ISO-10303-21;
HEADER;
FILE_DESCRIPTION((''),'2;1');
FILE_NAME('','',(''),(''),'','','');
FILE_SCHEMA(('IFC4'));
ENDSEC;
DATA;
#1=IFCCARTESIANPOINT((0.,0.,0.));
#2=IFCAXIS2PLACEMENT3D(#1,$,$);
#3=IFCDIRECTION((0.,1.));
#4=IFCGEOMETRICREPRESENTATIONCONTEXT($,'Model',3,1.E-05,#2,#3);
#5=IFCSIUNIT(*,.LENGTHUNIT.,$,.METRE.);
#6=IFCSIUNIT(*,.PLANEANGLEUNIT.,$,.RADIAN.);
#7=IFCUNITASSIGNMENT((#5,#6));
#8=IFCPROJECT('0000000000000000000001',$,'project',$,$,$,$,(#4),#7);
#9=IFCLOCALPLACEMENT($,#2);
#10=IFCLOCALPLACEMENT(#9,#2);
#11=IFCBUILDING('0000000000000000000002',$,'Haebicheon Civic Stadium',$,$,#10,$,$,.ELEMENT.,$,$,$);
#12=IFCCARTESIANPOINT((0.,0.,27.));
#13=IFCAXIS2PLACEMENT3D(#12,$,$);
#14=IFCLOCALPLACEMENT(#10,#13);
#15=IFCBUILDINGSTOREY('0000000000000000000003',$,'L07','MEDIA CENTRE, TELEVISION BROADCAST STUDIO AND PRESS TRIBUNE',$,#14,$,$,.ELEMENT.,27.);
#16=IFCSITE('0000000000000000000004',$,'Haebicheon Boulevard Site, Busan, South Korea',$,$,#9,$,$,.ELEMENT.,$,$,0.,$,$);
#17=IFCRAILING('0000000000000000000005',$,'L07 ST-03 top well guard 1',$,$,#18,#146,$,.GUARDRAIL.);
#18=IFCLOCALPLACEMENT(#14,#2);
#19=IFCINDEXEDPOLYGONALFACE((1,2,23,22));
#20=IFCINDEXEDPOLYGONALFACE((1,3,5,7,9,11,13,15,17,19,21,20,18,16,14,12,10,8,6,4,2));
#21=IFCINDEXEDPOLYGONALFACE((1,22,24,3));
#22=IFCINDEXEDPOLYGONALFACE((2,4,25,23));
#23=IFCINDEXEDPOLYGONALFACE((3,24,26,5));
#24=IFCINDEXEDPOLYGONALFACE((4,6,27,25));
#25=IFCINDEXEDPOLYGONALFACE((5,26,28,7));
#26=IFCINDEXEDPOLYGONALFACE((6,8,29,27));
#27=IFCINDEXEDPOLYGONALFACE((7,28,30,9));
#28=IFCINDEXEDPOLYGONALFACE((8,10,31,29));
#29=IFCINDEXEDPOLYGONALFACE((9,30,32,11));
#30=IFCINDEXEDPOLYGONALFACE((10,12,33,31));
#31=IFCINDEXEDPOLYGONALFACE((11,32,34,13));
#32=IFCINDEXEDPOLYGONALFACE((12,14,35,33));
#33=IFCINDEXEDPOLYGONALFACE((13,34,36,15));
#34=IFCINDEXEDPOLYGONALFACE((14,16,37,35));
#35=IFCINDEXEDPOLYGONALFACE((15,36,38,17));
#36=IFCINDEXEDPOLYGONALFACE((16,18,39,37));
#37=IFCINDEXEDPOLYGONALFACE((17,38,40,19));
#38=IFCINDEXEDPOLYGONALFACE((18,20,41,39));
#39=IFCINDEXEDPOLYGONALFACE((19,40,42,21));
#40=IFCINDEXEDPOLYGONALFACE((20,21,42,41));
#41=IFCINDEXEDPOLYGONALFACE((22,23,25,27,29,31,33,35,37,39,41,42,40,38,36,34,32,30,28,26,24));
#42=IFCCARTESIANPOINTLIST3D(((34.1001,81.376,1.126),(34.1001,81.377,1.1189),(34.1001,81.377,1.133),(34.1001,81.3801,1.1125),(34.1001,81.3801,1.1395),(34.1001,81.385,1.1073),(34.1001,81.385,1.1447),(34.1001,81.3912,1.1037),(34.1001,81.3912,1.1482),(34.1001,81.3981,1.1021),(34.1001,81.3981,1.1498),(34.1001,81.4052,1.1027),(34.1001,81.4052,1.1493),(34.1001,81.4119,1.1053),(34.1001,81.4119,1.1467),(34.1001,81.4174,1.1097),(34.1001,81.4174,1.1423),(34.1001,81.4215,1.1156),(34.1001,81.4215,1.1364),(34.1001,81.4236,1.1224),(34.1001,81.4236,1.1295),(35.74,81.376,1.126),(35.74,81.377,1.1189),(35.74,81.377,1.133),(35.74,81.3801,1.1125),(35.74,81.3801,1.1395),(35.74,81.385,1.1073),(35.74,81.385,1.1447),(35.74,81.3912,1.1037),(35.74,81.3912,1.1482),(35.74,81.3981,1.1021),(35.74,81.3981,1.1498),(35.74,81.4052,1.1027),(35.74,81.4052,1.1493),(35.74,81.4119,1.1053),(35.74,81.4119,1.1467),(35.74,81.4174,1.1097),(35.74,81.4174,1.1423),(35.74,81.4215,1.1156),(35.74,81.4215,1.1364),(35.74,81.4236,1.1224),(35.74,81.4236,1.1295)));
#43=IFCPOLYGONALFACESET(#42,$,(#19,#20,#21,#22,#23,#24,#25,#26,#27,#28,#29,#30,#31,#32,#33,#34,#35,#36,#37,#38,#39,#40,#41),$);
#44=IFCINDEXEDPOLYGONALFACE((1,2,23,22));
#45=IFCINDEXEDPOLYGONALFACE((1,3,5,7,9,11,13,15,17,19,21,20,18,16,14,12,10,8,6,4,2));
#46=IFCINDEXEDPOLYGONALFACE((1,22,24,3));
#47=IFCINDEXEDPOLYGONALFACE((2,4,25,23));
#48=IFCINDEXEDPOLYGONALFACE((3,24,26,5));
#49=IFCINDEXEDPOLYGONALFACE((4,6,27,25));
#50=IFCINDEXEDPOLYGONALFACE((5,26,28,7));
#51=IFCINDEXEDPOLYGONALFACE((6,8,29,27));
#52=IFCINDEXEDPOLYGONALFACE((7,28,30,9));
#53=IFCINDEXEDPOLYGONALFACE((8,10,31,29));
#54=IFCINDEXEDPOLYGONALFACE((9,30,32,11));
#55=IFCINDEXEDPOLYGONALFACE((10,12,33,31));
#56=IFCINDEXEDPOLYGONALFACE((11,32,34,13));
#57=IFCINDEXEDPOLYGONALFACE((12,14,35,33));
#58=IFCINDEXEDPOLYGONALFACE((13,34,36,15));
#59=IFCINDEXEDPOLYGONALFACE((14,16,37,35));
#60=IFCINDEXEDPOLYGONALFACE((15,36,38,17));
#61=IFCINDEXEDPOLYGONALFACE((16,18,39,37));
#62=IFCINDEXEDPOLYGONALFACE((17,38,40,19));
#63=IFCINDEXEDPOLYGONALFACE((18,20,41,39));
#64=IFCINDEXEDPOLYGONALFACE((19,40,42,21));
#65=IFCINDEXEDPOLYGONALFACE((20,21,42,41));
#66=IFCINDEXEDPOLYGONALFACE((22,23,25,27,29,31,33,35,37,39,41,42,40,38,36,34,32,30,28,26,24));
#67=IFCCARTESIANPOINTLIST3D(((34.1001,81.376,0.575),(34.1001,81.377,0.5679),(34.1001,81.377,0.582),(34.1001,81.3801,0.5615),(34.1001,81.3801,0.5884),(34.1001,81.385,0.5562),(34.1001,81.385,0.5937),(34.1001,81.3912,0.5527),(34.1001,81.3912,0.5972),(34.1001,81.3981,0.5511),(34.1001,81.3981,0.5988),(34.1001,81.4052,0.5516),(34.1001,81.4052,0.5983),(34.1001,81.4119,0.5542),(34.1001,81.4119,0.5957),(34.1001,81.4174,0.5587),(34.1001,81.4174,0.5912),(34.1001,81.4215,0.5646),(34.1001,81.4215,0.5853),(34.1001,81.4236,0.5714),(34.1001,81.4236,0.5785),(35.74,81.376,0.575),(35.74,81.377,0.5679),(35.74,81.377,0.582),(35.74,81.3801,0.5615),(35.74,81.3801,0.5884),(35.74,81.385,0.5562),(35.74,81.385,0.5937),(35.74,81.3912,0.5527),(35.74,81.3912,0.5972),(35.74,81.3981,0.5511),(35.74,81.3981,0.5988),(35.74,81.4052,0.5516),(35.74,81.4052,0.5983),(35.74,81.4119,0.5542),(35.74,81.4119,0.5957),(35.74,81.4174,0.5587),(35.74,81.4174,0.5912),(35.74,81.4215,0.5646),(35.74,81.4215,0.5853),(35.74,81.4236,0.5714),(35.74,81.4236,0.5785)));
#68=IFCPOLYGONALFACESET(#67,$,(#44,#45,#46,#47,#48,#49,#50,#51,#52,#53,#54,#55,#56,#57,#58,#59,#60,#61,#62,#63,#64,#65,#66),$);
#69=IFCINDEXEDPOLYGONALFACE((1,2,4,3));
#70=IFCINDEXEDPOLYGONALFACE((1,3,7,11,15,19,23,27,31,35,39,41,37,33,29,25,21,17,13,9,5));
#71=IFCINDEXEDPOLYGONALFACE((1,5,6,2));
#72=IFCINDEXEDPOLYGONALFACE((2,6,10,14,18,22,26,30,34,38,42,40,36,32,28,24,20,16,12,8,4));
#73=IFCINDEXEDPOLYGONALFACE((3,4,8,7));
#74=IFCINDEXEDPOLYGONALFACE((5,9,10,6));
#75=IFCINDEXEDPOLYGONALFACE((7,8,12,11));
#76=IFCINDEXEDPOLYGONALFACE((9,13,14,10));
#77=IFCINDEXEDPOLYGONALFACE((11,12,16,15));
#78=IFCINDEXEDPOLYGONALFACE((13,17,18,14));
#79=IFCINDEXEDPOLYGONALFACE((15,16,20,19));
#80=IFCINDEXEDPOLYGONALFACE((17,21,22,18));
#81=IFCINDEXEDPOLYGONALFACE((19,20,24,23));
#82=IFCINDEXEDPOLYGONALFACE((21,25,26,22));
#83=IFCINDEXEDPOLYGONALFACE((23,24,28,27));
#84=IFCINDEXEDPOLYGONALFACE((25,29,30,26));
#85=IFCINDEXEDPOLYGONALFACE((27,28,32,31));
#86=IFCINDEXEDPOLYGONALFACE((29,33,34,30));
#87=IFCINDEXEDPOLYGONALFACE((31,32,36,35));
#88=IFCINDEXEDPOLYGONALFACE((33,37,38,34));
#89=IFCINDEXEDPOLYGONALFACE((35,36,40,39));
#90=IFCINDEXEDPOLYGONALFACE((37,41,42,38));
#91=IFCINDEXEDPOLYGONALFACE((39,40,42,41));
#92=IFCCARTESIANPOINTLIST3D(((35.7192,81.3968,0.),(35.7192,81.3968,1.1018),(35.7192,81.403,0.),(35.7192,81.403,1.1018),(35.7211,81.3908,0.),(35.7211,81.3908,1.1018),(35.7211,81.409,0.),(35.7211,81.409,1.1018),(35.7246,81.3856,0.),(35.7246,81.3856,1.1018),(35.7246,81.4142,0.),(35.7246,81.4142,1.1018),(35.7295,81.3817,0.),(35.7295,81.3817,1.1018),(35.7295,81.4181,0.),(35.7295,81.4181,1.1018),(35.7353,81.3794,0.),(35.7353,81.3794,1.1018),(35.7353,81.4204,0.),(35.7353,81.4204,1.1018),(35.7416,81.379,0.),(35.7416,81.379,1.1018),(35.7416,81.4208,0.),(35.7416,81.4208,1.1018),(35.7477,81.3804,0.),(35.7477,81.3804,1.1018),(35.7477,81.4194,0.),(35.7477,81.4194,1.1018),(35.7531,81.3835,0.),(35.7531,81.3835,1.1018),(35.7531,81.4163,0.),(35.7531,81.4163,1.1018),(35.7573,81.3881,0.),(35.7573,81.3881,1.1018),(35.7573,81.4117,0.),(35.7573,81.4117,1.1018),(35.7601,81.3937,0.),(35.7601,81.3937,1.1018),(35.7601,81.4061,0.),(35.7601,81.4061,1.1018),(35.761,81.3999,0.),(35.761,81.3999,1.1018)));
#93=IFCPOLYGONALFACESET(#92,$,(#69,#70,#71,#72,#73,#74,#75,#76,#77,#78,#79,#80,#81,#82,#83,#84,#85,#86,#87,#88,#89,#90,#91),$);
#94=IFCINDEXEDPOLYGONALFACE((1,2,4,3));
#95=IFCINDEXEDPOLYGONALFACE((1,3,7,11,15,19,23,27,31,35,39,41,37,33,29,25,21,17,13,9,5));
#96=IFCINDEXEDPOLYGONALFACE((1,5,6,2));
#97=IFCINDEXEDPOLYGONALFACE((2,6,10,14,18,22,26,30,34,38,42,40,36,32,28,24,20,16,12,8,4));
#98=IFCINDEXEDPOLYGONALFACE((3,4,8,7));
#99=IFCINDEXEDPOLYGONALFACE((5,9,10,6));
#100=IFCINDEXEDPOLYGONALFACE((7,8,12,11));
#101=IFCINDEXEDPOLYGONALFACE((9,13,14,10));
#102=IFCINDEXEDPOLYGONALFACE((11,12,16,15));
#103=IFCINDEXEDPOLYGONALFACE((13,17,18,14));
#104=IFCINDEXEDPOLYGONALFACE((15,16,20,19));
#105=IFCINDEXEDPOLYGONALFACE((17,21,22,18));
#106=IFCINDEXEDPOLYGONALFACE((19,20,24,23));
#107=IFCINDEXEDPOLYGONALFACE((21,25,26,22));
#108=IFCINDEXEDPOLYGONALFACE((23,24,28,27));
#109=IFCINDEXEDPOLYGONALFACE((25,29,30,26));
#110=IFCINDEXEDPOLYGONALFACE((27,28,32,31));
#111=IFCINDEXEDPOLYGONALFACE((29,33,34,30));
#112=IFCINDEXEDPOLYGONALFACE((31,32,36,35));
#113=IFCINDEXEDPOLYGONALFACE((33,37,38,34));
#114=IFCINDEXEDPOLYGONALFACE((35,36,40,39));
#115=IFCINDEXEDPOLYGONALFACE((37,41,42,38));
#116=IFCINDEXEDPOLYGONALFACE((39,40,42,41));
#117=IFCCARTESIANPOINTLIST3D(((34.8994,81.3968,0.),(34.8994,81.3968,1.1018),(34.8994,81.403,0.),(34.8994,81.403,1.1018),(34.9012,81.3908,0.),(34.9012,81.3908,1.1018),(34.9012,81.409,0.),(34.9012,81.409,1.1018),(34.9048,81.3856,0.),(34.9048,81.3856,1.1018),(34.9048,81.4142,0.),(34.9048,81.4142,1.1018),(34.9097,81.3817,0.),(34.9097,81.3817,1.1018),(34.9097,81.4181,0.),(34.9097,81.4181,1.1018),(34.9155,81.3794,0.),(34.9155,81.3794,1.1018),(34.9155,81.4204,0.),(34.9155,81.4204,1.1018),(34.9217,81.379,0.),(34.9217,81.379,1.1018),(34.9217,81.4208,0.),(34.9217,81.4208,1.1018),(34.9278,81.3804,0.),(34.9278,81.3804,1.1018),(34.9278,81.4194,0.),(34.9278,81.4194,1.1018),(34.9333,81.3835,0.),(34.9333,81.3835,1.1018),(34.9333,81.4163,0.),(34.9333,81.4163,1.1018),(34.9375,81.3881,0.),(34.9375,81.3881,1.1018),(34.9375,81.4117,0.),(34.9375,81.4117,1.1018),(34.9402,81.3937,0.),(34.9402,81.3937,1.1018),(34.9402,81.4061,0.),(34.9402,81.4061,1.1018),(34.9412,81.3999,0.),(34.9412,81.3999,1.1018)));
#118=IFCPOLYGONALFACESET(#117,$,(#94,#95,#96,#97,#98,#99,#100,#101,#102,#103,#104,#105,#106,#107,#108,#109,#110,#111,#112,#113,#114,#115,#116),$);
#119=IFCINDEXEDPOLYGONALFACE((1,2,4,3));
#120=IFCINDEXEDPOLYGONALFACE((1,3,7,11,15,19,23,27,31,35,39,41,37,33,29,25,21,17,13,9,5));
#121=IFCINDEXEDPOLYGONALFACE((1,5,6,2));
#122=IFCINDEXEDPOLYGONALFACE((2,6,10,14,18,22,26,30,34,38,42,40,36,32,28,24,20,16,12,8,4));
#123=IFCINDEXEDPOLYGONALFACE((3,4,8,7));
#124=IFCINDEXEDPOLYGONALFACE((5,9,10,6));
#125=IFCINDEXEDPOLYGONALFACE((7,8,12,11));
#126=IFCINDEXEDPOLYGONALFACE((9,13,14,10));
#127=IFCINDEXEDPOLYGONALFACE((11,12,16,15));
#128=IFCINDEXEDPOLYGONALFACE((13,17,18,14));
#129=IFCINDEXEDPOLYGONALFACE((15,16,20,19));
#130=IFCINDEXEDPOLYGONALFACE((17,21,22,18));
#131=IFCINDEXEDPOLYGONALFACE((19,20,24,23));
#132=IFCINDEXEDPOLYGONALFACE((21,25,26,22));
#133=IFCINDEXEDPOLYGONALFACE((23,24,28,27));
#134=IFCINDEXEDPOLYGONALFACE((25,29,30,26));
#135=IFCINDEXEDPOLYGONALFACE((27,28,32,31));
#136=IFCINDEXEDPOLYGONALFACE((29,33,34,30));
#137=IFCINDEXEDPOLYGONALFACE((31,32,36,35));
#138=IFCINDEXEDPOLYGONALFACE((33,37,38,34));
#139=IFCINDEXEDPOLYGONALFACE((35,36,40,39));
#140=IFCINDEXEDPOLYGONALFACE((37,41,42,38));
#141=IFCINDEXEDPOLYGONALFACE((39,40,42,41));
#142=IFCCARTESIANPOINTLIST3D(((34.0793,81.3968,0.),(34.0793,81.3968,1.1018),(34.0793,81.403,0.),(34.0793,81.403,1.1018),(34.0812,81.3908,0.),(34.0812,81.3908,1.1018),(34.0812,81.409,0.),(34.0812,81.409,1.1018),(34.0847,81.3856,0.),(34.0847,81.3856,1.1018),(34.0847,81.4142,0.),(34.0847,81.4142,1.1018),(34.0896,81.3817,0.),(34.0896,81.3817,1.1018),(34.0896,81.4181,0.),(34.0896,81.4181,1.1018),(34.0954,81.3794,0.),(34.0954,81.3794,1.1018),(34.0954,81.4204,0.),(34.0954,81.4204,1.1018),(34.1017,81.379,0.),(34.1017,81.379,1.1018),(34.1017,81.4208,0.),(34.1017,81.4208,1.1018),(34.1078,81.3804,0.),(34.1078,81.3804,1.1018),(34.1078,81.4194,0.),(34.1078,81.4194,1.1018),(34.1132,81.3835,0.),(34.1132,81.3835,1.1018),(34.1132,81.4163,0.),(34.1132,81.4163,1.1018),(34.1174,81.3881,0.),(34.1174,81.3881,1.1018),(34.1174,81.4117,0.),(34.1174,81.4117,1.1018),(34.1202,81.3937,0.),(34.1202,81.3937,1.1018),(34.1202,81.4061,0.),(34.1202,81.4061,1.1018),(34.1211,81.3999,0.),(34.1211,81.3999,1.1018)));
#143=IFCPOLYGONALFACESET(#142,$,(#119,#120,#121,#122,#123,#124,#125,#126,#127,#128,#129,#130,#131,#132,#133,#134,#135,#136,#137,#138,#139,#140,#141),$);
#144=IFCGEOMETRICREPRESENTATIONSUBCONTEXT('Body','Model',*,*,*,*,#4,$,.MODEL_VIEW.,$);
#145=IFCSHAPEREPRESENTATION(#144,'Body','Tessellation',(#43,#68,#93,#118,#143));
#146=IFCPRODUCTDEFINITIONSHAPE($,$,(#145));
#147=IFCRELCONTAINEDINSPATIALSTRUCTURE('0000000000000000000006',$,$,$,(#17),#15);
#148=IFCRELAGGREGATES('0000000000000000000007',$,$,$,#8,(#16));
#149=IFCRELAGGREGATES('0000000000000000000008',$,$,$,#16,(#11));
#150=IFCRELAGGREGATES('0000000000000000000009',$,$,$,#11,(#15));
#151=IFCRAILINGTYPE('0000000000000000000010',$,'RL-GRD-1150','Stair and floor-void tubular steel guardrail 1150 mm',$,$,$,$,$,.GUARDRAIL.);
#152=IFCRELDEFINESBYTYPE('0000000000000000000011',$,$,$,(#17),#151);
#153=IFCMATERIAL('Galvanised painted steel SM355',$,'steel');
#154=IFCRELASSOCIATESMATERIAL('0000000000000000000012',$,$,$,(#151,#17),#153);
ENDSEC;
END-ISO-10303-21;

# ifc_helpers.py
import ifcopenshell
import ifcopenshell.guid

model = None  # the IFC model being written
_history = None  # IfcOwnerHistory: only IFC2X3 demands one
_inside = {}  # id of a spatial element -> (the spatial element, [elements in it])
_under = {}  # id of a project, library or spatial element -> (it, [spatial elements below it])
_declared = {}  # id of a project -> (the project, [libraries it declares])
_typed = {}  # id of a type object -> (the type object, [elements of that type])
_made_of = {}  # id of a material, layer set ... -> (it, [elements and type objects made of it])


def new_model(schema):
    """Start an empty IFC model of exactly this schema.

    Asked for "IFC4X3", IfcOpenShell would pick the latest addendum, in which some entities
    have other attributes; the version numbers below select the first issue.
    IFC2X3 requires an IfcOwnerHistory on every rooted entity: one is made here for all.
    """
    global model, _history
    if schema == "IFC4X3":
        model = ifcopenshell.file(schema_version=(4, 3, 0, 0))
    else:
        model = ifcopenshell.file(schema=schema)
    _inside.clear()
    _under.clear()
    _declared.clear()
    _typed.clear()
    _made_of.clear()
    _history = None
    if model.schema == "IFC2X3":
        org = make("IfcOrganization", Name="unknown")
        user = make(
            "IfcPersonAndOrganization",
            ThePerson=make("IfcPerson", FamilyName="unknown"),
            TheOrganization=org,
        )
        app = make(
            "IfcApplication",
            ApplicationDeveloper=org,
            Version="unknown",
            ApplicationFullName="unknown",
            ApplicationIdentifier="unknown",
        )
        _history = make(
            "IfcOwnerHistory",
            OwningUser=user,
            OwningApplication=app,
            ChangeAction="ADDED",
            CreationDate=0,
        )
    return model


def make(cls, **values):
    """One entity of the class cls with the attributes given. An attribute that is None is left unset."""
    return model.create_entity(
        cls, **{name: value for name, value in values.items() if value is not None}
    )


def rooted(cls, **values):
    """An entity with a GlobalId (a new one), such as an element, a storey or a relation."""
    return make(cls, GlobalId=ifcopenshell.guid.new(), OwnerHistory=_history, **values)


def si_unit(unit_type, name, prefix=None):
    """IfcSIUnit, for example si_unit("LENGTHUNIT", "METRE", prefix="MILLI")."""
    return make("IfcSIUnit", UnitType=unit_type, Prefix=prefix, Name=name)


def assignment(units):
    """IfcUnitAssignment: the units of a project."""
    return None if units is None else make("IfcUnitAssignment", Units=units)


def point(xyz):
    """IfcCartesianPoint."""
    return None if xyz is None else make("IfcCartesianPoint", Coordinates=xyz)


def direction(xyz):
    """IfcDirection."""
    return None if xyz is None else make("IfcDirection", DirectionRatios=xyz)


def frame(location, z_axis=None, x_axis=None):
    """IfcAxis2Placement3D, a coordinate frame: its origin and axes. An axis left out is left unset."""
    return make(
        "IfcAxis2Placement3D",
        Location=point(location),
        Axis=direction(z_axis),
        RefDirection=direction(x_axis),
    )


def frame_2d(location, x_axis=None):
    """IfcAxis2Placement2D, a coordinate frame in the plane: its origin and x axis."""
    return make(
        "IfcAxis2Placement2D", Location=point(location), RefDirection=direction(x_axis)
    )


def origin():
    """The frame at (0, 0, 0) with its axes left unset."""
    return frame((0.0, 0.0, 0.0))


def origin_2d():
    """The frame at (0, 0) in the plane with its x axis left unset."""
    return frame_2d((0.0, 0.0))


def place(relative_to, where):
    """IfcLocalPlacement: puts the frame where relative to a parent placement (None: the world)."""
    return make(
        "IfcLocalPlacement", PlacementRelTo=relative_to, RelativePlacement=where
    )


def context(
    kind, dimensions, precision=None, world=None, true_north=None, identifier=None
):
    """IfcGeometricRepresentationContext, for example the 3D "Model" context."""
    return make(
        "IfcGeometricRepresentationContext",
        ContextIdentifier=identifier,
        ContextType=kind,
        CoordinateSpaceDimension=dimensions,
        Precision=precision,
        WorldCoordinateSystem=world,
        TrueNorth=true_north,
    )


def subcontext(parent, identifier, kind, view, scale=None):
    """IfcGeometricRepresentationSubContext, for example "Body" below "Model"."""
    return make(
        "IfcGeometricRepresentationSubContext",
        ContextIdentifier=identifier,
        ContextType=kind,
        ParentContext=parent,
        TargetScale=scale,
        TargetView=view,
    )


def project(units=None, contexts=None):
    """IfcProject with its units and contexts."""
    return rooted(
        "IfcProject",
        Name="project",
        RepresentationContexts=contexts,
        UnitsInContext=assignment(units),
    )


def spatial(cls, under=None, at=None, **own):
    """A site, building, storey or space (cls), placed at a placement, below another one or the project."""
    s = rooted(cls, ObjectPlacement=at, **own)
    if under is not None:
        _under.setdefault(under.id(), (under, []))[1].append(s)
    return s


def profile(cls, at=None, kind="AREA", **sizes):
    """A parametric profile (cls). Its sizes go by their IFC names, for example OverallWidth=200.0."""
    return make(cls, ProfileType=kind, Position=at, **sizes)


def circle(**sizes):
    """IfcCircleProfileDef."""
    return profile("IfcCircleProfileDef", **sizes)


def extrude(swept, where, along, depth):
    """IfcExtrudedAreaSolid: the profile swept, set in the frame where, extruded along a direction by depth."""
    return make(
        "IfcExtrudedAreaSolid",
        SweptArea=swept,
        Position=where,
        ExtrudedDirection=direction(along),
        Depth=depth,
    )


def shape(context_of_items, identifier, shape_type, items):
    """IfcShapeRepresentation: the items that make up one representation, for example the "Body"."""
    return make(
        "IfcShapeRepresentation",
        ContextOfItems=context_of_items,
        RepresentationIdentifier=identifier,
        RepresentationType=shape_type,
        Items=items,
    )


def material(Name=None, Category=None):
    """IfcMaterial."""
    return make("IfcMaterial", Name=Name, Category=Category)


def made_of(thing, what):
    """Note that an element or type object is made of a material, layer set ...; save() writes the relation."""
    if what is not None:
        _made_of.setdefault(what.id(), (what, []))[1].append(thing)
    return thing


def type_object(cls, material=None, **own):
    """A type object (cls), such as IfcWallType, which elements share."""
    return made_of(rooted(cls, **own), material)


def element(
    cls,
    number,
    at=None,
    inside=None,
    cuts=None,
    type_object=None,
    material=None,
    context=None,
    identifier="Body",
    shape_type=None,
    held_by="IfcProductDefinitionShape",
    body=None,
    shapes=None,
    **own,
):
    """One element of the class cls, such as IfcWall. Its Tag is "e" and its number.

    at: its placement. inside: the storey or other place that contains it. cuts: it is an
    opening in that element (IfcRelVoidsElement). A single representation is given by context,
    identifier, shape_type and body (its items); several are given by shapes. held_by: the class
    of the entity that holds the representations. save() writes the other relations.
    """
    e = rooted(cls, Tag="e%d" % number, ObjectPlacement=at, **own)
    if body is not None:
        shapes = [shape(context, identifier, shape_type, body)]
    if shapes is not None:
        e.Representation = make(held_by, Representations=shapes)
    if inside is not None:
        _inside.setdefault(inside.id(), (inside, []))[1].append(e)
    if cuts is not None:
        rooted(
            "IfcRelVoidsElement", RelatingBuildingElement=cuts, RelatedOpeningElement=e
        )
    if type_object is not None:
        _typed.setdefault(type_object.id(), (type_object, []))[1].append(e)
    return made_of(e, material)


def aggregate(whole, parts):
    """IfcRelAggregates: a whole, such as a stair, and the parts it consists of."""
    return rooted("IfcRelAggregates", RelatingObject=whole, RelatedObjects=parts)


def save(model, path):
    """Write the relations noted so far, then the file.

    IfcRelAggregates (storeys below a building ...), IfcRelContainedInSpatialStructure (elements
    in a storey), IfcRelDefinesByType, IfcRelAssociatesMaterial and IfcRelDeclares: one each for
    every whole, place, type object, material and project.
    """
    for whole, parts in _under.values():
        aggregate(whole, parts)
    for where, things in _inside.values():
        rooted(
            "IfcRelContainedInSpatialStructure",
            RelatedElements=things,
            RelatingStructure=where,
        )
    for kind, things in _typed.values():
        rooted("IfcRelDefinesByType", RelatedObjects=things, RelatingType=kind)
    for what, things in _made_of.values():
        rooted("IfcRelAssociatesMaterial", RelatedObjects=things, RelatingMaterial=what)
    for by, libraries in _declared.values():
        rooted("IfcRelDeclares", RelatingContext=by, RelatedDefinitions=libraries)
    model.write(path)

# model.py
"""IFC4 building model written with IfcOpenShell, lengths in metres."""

from ifc_helpers import new_model, si_unit, direction, frame, origin, origin_2d, place, context, subcontext, project, spatial, circle, extrude, material, type_object, element, save


model = new_model("IFC4")

# Units and contexts
model_context = context("Model", 3, precision=1e-05, world=origin(), true_north=direction((0.0, 1.0)))
body_context = subcontext(model_context, "Body", "Model", "MODEL_VIEW")
ifc_project = project(units=[si_unit("LENGTHUNIT", "METRE"), si_unit("PLANEANGLEUNIT", "RADIAN")], contexts=[model_context])

# Site, building, storey
site_placement = place(None, origin())
site = spatial("IfcSite", under=ifc_project, at=site_placement, Name="Haebicheon Boulevard Site, Busan, South Korea", CompositionType="ELEMENT", RefElevation=0.0)
building_placement = place(site_placement, origin())
building = spatial("IfcBuilding", under=site, at=building_placement, Name="Haebicheon Civic Stadium", CompositionType="ELEMENT")
storey_placement = place(building_placement, frame((0.0, 0.0, 27.0)))
storey = spatial("IfcBuildingStorey", under=building, at=storey_placement, Name="L07", Description="MEDIA CENTRE, TELEVISION BROADCAST STUDIO AND PRESS TRIBUNE", CompositionType="ELEMENT", Elevation=27.0)

# Railing
ifc_material_1 = material(Name="Galvanised painted steel SM355", Category="steel")
railing_type = type_object("IfcRailingType", Name="RL-GRD-1150", Description="Stair and floor-void tubular steel guardrail 1150 mm", PredefinedType="GUARDRAIL", material=ifc_material_1)
railing_1_placement = place(storey_placement, frame((35.74, 81.3999, 0.0)))
element("IfcRailing", 1, at=railing_1_placement, inside=storey, type_object=railing_type, material=ifc_material_1, Name="L07 ST-03 top well guard 1", PredefinedType="GUARDRAIL", context=body_context, shape_type="SweptSolid", body=[
    extrude(circle(Radius=0.0239, at=origin_2d()), frame((0.0, 0.0, 1.126), z_axis=(-1.0, 0.0, 0.0), x_axis=(0.0, -1.0, 0.0)), (0.0, 0.0, 1.0), 1.6399),
    extrude(circle(Radius=0.0239, at=origin_2d()), frame((0.0, 0.0, 0.575), z_axis=(-1.0, 0.0, 0.0), x_axis=(0.0, -1.0, 0.0)), (0.0, 0.0, 1.0), 1.6399),
    extrude(circle(Radius=0.021, at=origin_2d()), origin(), (0.0, 0.0, 1.0), 1.1018),
    extrude(circle(Radius=0.021, at=origin_2d()), frame((-0.8198, 0.0, 0.0)), (0.0, 0.0, 1.0), 1.1018),
    extrude(circle(Radius=0.021, at=origin_2d()), frame((-1.6399, 0.0, 0.0)), (0.0, 0.0, 1.0), 1.1018),
])

save(model, "model.ifc")
